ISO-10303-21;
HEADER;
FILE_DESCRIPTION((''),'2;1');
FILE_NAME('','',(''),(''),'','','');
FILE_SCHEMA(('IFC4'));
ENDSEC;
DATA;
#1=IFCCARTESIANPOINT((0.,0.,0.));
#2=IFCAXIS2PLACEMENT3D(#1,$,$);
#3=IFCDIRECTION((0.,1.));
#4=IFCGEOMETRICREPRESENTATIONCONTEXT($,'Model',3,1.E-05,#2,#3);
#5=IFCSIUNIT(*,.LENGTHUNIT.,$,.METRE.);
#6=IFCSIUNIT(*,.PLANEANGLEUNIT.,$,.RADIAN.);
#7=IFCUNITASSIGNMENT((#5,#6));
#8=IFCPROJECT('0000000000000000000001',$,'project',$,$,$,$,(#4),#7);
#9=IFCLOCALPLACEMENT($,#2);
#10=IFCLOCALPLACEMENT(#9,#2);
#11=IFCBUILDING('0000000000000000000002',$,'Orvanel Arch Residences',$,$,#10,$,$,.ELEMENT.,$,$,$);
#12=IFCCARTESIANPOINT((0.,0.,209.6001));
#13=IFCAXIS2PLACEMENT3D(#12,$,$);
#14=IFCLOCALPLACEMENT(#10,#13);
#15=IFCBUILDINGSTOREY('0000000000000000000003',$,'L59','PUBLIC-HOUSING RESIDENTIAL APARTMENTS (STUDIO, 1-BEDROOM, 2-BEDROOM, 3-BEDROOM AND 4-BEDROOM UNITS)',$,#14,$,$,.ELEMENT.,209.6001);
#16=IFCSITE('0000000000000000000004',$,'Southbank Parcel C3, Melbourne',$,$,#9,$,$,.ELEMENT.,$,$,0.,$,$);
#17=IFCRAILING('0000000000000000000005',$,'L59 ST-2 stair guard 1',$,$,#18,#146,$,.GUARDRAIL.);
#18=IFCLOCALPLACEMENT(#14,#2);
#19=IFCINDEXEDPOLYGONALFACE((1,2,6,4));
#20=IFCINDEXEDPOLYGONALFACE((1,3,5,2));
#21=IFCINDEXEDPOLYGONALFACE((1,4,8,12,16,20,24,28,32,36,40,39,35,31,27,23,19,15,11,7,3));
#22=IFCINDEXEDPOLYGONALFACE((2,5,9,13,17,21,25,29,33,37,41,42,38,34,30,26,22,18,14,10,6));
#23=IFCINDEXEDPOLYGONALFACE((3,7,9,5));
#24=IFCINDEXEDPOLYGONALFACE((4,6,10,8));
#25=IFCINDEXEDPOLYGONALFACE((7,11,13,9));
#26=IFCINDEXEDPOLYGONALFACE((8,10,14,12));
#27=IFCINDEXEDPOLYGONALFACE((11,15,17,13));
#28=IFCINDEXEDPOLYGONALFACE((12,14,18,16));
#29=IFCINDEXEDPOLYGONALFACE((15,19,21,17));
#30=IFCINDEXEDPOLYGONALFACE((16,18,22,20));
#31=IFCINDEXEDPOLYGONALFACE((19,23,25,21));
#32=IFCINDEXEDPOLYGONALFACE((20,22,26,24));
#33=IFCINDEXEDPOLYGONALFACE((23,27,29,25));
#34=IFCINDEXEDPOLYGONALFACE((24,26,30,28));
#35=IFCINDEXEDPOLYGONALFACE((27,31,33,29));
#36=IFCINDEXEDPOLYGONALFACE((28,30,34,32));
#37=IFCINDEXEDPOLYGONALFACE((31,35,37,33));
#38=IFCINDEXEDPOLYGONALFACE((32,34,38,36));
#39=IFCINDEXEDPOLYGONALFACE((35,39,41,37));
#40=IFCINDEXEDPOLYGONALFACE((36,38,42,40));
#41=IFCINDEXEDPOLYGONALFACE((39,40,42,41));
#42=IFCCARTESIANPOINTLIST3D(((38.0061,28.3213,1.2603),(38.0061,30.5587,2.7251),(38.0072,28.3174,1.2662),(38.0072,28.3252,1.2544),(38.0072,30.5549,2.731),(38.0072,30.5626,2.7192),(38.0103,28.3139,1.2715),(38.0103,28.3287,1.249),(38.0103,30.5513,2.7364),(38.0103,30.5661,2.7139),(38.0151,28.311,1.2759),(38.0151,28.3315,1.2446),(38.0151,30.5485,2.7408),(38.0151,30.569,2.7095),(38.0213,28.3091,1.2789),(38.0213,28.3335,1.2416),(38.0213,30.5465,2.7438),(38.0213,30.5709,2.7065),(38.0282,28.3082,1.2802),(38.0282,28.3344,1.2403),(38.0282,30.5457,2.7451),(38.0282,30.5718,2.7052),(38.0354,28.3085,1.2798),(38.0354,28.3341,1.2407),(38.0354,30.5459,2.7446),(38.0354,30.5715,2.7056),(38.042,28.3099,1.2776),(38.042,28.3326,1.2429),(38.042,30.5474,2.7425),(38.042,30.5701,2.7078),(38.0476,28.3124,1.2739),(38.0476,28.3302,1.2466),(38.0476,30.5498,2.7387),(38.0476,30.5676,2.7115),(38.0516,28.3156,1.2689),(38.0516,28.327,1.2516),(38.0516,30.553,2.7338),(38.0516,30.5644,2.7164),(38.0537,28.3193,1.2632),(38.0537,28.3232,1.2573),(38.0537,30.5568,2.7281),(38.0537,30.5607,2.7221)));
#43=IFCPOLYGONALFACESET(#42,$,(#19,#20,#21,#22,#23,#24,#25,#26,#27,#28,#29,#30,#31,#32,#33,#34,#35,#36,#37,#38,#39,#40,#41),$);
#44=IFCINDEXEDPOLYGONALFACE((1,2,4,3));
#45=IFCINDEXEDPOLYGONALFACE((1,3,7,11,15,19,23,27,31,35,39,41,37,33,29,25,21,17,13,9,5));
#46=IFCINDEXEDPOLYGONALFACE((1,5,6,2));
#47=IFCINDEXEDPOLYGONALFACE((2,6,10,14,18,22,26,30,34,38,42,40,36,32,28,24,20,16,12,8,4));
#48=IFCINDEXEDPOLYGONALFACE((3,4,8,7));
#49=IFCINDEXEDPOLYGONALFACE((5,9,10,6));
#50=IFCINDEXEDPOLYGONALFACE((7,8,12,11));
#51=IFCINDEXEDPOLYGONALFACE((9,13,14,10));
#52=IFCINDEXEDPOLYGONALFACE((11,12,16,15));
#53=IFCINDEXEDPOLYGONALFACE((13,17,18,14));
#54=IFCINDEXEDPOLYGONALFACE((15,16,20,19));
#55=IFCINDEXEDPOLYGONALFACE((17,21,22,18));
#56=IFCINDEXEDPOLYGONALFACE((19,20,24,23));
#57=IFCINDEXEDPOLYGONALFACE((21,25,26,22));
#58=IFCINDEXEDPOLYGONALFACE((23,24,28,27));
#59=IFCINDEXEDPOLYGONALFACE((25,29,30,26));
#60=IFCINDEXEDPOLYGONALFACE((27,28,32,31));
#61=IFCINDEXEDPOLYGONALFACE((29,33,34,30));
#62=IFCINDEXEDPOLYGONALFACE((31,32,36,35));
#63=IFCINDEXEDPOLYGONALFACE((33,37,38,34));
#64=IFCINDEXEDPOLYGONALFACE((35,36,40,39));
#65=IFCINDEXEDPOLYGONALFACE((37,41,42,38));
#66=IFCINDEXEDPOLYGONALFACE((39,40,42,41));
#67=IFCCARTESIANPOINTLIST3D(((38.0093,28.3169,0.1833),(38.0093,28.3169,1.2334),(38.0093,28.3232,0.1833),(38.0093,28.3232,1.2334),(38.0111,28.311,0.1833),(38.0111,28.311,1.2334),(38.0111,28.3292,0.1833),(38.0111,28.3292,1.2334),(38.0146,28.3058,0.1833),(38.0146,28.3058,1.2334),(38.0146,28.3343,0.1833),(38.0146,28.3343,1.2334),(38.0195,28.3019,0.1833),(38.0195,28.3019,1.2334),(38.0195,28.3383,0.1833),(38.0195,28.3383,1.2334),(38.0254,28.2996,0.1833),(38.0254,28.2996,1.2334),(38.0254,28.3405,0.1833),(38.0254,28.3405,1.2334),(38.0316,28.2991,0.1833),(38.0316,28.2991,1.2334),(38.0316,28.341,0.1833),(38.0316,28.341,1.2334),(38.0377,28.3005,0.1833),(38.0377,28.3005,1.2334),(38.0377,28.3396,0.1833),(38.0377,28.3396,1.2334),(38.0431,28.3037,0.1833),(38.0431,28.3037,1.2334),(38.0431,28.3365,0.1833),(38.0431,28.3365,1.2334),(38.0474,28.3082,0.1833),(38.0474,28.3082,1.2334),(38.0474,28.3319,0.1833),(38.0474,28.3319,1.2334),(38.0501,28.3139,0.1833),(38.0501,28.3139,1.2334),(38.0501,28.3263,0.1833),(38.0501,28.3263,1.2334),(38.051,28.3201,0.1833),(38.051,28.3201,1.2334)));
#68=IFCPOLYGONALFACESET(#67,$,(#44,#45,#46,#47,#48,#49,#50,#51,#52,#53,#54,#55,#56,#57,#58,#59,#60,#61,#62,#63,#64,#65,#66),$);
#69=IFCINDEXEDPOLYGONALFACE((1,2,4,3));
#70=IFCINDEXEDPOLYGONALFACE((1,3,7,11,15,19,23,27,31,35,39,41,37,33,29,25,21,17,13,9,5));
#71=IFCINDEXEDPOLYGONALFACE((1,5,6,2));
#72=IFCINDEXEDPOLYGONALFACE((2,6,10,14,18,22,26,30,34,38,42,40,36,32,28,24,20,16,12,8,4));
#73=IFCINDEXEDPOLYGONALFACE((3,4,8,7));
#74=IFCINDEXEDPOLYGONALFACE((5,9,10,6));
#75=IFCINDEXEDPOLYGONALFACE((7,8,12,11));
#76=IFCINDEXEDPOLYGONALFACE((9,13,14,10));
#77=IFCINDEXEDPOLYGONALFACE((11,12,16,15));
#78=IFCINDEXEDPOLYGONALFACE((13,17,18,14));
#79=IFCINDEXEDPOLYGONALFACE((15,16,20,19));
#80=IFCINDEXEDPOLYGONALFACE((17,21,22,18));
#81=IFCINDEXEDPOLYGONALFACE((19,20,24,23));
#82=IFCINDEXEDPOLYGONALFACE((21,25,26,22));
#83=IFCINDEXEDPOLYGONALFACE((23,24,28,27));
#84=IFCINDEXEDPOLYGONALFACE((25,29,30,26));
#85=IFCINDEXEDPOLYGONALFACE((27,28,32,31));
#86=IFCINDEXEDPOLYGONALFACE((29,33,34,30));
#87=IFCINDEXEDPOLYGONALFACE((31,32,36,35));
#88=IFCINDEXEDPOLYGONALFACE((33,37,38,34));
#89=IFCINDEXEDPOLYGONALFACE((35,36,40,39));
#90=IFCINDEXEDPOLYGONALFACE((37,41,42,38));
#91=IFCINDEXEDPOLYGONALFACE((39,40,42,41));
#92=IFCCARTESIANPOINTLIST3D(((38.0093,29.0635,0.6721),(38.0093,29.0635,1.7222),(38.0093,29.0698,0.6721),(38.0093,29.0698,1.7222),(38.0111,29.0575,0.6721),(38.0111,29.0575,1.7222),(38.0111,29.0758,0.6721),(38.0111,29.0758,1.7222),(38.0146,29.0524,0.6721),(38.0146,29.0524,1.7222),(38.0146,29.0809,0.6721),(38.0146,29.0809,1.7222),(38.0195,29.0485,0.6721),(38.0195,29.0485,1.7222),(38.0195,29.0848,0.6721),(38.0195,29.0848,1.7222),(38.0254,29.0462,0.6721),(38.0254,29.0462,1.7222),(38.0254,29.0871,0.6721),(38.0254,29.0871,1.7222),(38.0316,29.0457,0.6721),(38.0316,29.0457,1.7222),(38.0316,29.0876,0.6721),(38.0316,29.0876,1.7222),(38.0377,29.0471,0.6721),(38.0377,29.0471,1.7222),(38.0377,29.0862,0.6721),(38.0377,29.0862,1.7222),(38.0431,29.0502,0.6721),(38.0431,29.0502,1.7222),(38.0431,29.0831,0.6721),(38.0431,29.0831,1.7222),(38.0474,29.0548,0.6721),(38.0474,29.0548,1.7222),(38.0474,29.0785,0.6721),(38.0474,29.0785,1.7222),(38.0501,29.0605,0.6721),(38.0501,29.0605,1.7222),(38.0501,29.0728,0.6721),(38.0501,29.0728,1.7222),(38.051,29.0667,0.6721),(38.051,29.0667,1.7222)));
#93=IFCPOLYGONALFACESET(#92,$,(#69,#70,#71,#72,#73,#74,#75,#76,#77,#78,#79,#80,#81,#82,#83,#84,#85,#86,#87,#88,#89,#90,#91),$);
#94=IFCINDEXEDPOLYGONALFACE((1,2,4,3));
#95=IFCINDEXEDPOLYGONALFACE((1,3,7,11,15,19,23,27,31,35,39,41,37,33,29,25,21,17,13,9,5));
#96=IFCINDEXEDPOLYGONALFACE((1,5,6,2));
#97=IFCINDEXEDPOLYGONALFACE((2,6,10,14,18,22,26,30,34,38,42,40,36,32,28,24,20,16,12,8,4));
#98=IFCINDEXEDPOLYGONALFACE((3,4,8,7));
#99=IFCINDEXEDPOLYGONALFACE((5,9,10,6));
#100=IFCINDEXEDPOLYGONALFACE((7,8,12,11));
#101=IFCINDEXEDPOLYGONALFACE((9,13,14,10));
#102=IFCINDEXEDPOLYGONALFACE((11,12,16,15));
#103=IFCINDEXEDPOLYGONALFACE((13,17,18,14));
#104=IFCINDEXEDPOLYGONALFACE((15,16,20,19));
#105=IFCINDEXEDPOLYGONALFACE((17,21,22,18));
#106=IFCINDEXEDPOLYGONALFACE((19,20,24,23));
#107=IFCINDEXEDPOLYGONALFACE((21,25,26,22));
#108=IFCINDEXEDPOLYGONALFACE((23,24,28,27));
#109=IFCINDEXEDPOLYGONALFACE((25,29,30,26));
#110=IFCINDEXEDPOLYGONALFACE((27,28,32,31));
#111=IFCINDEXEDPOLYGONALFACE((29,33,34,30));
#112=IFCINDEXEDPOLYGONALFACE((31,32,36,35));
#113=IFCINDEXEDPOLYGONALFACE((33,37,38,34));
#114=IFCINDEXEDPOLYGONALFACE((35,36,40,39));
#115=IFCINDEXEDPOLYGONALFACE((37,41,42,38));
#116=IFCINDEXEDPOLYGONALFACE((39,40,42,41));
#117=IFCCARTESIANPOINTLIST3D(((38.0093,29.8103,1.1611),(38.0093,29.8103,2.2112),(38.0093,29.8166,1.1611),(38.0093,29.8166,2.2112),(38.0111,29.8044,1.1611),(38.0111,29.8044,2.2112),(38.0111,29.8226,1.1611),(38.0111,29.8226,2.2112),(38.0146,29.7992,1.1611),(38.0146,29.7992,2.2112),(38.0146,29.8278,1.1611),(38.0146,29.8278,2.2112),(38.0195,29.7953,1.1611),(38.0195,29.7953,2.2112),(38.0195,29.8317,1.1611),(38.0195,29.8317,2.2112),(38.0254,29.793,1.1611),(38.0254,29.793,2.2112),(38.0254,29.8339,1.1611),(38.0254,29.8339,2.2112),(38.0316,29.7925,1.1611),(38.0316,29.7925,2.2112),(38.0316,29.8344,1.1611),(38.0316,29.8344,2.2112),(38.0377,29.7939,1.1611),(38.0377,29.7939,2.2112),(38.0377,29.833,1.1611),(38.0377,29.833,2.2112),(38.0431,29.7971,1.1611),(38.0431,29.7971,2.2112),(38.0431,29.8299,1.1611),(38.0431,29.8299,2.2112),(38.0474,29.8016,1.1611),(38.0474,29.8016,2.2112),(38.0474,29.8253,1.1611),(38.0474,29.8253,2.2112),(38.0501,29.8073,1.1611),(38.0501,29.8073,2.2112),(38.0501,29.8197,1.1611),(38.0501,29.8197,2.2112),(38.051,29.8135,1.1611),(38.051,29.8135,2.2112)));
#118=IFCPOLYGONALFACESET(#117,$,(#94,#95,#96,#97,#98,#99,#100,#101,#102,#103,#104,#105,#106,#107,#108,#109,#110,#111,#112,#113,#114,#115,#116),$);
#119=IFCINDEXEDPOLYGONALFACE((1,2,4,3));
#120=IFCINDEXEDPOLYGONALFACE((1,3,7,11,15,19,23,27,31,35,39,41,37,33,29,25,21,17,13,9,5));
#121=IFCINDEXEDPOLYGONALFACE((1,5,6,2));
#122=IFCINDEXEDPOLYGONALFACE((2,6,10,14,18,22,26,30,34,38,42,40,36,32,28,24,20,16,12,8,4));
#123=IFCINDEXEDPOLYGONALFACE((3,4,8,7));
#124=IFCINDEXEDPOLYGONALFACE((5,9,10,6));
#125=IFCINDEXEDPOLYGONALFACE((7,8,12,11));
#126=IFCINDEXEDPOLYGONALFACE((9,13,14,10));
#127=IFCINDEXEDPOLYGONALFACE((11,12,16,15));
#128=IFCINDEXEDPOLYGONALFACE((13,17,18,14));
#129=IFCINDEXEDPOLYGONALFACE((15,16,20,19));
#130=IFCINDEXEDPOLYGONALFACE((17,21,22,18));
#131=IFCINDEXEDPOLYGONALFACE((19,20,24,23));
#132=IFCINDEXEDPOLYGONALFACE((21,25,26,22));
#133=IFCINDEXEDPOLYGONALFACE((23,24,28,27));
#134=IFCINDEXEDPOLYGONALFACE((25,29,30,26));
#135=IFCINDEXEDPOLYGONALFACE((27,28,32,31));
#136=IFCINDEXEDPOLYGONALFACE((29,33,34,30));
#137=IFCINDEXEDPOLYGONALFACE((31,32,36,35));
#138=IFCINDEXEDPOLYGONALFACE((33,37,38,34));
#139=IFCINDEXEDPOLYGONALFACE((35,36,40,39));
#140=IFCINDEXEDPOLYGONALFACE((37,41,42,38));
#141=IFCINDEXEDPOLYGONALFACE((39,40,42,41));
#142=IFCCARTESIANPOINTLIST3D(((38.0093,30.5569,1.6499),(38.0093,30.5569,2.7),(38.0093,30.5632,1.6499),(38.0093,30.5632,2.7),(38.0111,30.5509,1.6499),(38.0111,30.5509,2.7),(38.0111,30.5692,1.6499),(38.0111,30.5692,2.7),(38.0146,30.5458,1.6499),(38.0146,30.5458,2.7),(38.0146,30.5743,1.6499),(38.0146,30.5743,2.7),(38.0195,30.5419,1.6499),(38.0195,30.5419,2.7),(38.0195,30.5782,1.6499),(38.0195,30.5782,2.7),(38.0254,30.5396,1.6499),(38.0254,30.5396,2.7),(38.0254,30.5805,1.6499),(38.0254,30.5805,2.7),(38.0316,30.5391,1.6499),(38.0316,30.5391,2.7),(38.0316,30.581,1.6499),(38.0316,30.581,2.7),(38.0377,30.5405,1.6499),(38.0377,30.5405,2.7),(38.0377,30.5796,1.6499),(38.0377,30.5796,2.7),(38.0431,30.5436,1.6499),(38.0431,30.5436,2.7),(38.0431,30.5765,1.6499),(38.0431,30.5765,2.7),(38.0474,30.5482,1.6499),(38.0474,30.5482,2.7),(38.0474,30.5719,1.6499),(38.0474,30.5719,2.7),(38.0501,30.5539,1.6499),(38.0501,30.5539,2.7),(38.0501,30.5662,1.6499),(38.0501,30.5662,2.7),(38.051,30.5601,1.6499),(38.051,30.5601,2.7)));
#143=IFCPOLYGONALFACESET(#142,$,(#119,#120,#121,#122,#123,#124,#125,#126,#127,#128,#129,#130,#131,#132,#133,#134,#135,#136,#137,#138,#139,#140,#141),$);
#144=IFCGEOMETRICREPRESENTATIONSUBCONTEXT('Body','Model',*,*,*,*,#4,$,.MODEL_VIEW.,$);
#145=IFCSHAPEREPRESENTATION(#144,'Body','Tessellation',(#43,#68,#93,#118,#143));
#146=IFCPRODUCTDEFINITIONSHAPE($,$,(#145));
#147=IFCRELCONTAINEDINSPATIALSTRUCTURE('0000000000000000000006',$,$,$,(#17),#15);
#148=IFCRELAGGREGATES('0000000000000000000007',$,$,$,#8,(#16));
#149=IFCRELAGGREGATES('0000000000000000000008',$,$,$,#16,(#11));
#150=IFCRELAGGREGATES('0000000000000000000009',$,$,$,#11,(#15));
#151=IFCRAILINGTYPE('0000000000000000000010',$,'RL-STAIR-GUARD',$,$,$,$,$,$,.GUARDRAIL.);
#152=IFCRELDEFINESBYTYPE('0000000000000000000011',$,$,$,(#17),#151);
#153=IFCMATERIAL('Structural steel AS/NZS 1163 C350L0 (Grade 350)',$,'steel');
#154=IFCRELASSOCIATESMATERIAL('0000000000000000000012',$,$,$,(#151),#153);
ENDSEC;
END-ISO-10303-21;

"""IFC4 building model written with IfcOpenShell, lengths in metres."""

from ifc_helpers import new_model, si_unit, direction, frame, origin, origin_2d, place, context, subcontext, project, spatial, circle, extrude, material, type_object, element, save


model = new_model("IFC4")

# Units and contexts
model_context = context("Model", 3, precision=1e-05, world=origin(), true_north=direction((0.0, 1.0)))
body_context = subcontext(model_context, "Body", "Model", "MODEL_VIEW")
ifc_project = project(units=[si_unit("LENGTHUNIT", "METRE"), si_unit("PLANEANGLEUNIT", "RADIAN")], contexts=[model_context])

# Site, building, storey
site_placement = place(None, origin())
site = spatial("IfcSite", under=ifc_project, at=site_placement, Name="Southbank Parcel C3, Melbourne", CompositionType="ELEMENT", RefElevation=0.0)
building_placement = place(site_placement, origin())
building = spatial("IfcBuilding", under=site, at=building_placement, Name="Orvanel Arch Residences", CompositionType="ELEMENT")
storey_placement = place(building_placement, frame((0.0, 0.0, 209.6001)))
storey = spatial("IfcBuildingStorey", under=building, at=storey_placement, Name="L59", Description="PUBLIC-HOUSING RESIDENTIAL APARTMENTS (STUDIO, 1-BEDROOM, 2-BEDROOM, 3-BEDROOM AND 4-BEDROOM UNITS)", CompositionType="ELEMENT", Elevation=209.6001)

# Railing
ifc_material_1 = material(Name="Structural steel AS/NZS 1163 C350L0 (Grade 350)", Category="steel")
railing_type_1 = type_object("IfcRailingType", Name="RL-STAIR-GUARD", PredefinedType="GUARDRAIL", material=ifc_material_1)
railing_1_placement = place(storey_placement, frame((38.03, 28.3201, 0.1833)))
element("IfcRailing", 1, at=railing_1_placement, inside=storey, type_object=railing_type_1, Name="L59 ST-2 stair guard 1", PredefinedType="GUARDRAIL", context=body_context, shape_type="SweptSolid", body=[
    extrude(circle(Radius=0.0239, at=origin_2d()), frame((0.0, 0.0012, 1.0769), z_axis=(0.0, 0.836637, 0.547758), x_axis=(-1.0, 0.0, 0.0)), (0.0, 0.0, 1.0), 2.6743),
    extrude(circle(Radius=0.021, at=origin_2d()), origin(), (0.0, 0.0, 1.0), 1.05),
    extrude(circle(Radius=0.021, at=origin_2d()), frame((0.0, 0.7466, 0.4888)), (0.0, 0.0, 1.0), 1.05),
    extrude(circle(Radius=0.021, at=origin_2d()), frame((0.0, 1.4934, 0.9778)), (0.0, 0.0, 1.0), 1.05),
    extrude(circle(Radius=0.021, at=origin_2d()), frame((0.0, 2.24, 1.4666)), (0.0, 0.0, 1.0), 1.05),
])

save(model, "model.ifc")
